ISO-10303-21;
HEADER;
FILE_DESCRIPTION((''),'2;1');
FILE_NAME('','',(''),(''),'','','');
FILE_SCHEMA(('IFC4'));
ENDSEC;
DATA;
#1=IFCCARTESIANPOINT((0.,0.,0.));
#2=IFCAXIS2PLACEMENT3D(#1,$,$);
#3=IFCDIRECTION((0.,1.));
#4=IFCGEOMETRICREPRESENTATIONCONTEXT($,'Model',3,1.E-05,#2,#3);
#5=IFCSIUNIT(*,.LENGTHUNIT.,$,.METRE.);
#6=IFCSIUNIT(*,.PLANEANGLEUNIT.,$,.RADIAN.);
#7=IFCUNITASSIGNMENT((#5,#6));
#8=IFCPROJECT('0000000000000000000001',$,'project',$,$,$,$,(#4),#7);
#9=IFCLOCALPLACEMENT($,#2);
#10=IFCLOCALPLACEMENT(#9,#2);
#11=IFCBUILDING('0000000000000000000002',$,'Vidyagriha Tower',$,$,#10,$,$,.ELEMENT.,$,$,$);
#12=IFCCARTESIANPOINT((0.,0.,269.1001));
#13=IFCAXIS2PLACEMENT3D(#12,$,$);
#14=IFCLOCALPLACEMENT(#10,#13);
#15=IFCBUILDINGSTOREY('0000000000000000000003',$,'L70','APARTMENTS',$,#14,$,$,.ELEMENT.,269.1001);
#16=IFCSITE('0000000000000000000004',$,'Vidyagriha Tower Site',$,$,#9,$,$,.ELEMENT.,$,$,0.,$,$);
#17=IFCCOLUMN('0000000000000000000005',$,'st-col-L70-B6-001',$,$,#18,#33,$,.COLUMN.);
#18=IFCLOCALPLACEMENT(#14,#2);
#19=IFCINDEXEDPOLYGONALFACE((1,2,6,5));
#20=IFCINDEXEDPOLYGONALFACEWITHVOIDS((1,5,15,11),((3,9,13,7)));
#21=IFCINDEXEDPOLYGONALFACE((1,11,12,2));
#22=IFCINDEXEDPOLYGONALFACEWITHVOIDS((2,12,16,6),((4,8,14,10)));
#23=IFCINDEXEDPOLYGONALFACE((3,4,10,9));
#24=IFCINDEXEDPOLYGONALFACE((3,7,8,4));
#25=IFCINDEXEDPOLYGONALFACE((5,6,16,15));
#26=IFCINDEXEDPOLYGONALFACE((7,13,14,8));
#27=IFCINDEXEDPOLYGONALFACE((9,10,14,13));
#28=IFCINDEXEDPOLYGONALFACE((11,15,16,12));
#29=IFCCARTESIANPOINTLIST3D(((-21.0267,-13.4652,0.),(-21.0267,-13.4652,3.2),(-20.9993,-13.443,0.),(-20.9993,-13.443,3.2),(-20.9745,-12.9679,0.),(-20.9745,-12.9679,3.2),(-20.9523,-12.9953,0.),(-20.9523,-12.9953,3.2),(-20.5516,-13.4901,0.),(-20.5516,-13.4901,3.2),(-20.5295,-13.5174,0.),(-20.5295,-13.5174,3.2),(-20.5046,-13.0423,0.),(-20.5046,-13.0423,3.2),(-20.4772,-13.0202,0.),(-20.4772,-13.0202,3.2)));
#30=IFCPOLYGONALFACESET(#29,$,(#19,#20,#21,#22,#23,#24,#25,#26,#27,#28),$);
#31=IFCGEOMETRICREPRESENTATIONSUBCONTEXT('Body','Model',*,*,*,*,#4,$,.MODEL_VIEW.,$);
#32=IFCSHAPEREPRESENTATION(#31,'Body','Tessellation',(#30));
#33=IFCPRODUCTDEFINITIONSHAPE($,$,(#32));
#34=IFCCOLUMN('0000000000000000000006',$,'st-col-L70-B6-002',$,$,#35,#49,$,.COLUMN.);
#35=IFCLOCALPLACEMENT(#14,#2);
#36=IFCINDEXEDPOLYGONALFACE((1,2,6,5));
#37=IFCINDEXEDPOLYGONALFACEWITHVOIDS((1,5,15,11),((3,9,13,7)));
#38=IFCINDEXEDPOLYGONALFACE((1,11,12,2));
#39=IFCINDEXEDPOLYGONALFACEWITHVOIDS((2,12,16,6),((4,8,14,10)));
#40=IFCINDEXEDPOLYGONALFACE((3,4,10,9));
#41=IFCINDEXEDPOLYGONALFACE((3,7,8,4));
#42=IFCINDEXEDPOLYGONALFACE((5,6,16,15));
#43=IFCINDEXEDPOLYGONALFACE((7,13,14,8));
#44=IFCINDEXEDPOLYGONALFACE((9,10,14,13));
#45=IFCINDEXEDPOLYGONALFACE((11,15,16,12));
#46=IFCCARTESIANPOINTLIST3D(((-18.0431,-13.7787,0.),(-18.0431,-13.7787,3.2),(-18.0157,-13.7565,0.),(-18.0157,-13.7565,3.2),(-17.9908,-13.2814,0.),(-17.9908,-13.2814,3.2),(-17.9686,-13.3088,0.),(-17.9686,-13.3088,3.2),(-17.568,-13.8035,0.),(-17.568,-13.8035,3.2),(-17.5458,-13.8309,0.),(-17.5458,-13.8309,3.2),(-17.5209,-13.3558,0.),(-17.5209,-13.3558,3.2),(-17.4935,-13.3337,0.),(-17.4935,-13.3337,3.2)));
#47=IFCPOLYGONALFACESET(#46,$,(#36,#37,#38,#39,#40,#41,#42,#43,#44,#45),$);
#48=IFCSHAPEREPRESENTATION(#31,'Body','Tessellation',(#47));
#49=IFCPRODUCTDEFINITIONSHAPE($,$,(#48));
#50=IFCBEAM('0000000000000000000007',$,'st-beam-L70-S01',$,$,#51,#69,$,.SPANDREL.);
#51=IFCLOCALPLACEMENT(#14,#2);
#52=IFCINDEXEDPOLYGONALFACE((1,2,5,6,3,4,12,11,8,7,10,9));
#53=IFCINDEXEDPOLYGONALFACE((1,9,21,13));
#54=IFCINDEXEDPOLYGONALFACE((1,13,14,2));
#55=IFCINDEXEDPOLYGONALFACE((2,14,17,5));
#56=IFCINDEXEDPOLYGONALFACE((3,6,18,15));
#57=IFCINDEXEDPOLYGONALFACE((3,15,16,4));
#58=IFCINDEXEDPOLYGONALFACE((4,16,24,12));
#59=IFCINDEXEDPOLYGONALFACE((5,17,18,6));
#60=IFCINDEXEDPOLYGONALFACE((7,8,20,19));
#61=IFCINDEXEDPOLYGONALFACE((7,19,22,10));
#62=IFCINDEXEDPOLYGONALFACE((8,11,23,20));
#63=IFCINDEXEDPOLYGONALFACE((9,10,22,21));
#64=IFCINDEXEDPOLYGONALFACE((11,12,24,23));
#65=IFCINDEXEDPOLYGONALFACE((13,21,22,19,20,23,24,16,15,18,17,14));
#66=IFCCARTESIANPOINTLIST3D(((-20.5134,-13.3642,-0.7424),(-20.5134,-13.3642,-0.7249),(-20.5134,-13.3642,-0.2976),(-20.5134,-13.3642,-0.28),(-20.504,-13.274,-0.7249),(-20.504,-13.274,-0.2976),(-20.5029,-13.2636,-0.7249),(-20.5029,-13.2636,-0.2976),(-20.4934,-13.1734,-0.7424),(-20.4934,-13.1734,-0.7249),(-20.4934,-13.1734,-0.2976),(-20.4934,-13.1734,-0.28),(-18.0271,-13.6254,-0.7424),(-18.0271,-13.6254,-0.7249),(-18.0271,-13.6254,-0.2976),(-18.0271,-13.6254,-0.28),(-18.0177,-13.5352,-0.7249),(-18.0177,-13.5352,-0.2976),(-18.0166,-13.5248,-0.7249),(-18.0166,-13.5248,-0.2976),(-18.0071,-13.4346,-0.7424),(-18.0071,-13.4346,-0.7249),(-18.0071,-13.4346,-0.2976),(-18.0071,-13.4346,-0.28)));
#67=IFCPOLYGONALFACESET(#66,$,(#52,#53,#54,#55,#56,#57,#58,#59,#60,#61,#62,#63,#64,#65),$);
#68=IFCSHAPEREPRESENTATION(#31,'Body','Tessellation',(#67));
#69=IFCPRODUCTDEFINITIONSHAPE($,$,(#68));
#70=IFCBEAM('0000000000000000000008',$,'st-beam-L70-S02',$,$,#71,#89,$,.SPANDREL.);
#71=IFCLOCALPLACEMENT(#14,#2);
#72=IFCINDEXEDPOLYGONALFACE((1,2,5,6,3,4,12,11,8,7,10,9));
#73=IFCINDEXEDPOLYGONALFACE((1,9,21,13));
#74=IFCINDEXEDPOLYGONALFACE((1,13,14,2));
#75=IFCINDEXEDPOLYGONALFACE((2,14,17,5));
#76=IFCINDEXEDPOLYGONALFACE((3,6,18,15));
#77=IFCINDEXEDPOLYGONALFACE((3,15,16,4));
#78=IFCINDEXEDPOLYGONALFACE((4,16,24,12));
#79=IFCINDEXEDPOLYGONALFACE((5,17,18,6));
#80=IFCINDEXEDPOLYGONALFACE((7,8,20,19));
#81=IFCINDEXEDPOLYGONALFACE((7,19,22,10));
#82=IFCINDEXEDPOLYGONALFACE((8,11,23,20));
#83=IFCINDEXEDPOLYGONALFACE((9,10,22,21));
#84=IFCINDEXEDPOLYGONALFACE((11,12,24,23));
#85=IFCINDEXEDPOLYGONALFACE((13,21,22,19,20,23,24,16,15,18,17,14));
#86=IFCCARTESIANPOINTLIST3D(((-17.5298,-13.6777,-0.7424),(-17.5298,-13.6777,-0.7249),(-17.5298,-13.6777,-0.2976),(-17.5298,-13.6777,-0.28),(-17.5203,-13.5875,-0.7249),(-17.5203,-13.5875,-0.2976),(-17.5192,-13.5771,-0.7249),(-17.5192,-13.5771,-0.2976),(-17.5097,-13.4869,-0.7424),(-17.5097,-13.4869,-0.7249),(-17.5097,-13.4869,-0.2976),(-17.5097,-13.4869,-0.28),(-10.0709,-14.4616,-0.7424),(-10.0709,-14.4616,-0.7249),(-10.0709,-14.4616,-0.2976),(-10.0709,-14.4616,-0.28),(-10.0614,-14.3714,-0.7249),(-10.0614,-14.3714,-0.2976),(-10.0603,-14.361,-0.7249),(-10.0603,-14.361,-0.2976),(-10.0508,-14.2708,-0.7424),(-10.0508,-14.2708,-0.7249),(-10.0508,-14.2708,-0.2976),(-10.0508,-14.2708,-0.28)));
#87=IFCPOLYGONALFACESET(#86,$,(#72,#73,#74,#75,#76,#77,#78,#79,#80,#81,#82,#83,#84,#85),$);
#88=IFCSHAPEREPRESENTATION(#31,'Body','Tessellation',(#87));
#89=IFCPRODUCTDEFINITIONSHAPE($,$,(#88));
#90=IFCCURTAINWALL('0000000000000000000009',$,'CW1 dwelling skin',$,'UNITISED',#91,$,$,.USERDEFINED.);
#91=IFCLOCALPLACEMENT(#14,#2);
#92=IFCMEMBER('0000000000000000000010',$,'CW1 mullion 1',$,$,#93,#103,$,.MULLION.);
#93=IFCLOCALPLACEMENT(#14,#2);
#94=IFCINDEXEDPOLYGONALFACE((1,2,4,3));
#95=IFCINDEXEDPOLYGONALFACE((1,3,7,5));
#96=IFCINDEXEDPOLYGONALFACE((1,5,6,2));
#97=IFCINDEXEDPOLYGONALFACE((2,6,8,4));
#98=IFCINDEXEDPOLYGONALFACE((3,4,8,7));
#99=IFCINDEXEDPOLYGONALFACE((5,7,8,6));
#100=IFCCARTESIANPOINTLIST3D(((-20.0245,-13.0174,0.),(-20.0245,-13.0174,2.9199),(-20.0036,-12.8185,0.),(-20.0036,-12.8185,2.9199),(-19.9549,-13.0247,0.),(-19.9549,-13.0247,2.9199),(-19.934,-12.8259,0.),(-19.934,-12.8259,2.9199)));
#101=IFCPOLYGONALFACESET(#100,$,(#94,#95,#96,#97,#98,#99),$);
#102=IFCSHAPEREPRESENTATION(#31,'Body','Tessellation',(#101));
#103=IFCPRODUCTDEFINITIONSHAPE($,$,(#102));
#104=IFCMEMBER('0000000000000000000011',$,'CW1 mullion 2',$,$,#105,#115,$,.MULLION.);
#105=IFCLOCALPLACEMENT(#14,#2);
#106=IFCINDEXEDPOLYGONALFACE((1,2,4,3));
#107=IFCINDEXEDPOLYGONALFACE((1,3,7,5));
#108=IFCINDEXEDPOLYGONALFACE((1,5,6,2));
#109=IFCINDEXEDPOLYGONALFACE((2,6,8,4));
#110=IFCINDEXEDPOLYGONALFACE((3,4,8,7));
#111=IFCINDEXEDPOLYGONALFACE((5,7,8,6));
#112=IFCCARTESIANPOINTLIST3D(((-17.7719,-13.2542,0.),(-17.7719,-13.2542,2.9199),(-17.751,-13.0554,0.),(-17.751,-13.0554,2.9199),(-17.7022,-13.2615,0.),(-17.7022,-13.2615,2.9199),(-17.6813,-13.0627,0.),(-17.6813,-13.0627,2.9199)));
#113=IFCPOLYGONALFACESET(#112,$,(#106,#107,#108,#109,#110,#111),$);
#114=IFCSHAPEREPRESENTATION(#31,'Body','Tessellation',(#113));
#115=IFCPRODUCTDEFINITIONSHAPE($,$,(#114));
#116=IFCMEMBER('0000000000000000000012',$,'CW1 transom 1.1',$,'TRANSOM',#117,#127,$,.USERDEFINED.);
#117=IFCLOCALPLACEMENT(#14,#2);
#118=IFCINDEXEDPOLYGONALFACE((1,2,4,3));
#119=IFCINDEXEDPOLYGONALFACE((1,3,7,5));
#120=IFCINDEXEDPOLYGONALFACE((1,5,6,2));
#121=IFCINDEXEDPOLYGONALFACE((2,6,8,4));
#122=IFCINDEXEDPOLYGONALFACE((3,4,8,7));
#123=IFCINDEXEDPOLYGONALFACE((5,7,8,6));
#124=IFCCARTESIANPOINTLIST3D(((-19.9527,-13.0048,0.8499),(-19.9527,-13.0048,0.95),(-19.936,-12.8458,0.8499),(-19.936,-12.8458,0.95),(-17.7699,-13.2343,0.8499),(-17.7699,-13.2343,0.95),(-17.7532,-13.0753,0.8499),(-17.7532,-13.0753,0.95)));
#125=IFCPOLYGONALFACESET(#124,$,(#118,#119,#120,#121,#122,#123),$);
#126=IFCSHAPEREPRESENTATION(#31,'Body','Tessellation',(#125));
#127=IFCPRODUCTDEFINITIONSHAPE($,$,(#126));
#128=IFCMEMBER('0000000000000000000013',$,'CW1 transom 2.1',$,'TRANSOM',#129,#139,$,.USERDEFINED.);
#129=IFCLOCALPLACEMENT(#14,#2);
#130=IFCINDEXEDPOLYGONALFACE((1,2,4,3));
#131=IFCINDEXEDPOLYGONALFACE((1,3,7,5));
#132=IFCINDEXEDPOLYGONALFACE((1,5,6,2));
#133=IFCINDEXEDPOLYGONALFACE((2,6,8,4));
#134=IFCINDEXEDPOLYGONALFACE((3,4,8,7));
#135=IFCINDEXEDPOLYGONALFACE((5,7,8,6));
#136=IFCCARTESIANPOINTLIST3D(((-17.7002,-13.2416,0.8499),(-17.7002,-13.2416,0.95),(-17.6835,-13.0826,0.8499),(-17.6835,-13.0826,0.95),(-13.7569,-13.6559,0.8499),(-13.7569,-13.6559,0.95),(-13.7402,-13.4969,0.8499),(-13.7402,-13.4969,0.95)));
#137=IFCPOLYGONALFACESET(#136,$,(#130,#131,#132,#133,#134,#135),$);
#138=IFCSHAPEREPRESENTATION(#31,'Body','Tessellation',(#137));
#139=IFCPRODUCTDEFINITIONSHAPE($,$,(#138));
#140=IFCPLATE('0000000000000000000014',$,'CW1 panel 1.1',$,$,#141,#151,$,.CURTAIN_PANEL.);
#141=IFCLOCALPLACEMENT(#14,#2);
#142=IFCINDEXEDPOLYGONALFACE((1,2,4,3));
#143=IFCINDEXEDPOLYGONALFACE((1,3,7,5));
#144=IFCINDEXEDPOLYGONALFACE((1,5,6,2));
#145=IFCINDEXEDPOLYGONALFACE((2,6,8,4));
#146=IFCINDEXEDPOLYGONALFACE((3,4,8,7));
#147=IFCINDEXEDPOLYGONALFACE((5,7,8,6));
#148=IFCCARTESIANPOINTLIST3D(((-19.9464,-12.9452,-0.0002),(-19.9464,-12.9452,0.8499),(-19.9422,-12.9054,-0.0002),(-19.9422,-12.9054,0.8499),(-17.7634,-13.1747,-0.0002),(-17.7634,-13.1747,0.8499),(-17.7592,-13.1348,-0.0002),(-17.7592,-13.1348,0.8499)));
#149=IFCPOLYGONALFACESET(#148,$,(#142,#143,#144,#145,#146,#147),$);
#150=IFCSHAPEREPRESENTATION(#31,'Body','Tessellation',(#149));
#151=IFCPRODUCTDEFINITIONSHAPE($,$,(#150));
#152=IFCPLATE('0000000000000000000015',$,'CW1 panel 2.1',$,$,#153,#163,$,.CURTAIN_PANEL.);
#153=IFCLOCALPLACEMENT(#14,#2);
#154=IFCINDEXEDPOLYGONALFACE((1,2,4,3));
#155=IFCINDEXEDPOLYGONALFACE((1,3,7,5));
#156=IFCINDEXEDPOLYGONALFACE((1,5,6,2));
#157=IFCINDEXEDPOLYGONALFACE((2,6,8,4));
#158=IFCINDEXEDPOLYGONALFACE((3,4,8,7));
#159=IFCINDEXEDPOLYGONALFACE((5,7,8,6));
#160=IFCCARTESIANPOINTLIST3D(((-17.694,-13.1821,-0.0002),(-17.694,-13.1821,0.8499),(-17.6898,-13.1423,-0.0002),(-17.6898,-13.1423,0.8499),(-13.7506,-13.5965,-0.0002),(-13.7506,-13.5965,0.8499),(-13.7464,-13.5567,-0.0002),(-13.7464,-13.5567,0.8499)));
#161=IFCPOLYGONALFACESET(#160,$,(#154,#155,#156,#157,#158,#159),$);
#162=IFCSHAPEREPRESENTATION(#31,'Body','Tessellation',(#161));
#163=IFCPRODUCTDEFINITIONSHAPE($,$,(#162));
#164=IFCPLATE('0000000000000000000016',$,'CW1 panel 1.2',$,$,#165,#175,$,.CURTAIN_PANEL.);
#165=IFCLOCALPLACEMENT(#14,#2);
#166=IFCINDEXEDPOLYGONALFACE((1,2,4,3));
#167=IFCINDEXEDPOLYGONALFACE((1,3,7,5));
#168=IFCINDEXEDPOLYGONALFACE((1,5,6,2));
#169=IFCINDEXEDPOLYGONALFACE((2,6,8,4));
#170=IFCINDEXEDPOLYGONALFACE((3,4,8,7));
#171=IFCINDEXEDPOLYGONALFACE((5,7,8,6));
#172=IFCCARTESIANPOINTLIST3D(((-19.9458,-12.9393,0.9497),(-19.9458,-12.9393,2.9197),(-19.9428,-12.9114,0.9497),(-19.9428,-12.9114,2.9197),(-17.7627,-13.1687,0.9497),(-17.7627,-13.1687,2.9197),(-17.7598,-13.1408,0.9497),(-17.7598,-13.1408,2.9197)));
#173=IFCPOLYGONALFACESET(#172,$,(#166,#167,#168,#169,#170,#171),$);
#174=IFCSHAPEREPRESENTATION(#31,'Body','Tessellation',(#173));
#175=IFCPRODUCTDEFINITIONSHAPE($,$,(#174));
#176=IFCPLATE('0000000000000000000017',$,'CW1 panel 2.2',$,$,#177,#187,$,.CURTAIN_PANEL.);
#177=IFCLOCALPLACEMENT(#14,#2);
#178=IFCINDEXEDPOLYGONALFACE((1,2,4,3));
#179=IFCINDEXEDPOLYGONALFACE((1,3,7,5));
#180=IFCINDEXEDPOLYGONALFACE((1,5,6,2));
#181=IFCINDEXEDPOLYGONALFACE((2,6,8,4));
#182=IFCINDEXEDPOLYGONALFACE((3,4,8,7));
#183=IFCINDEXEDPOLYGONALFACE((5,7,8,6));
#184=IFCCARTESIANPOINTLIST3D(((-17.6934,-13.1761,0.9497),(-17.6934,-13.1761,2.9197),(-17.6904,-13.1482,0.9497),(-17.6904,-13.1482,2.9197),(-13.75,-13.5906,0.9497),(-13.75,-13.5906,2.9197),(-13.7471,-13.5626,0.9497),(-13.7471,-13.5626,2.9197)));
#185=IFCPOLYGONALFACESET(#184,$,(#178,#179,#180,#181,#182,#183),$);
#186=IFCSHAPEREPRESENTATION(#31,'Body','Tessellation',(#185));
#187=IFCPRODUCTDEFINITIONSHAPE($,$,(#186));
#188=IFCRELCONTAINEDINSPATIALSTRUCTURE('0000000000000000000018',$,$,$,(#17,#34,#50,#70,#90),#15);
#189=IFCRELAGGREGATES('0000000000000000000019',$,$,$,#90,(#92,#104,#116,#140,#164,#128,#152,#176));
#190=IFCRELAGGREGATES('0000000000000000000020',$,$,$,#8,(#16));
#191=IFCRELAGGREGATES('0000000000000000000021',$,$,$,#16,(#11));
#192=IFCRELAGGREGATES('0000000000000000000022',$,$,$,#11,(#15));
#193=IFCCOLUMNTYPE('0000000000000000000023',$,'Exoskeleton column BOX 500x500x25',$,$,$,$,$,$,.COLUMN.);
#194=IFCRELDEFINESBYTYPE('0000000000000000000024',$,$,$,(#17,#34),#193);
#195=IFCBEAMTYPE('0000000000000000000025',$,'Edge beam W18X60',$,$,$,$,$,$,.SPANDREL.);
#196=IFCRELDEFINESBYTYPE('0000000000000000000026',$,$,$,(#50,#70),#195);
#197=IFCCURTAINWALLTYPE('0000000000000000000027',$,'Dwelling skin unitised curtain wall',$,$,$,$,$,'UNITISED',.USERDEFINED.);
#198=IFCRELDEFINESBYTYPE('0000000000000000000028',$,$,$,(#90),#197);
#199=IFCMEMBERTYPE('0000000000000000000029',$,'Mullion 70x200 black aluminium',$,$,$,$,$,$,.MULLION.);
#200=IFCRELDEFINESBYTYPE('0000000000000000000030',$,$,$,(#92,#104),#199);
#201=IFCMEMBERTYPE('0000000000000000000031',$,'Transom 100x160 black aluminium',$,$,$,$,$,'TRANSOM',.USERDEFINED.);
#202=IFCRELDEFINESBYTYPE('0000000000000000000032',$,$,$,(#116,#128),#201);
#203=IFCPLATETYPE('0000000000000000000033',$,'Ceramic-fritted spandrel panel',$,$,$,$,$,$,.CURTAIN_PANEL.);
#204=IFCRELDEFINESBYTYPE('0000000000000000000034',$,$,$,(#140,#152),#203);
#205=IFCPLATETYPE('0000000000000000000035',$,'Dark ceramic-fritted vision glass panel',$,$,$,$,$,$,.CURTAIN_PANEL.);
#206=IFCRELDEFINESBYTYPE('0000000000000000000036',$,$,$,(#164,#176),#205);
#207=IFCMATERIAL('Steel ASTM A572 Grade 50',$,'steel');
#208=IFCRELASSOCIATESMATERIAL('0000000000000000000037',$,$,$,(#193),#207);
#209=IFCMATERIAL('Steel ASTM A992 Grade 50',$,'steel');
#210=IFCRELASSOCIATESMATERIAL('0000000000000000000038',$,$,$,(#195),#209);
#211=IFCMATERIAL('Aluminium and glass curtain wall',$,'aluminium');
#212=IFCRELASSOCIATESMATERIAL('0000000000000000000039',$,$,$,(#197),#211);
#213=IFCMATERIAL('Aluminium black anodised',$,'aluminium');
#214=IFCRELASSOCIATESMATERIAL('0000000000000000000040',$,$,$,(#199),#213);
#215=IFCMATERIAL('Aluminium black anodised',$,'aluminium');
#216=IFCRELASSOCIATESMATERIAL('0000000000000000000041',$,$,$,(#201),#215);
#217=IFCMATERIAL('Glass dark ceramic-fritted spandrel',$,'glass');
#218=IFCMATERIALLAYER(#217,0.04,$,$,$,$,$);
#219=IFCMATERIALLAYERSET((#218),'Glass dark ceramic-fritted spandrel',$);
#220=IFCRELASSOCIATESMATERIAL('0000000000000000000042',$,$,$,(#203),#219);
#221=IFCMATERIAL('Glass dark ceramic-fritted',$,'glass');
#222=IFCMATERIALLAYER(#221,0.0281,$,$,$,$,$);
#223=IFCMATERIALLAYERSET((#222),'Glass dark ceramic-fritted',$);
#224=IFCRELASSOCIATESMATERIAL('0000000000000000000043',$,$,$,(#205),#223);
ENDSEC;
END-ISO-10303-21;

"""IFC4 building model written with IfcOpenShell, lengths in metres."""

from ifc_helpers import new_model, si_unit, direction, frame, origin, origin_2d, place, context, subcontext, project, spatial, rectangle, hollow_rectangle, i_section, extrude, material, layer, layer_set, material_profile, profile_set, type_object, element, aggregate, save


model = new_model("IFC4")

# Units and contexts
model_context = context("Model", 3, precision=1e-05, world=origin(), true_north=direction((0.0, 1.0)))
body_context = subcontext(model_context, "Body", "Model", "MODEL_VIEW")
ifc_project = project(units=[si_unit("LENGTHUNIT", "METRE"), si_unit("PLANEANGLEUNIT", "RADIAN")], contexts=[model_context])

# Site, building, storey
site_placement = place(None, origin())
site = spatial("IfcSite", under=ifc_project, at=site_placement, Name="Vidyagriha Tower Site", CompositionType="ELEMENT", RefElevation=0.0)
building_placement = place(site_placement, origin())
building = spatial("IfcBuilding", under=site, at=building_placement, Name="Vidyagriha Tower", CompositionType="ELEMENT")
storey_placement = place(building_placement, frame((0.0, 0.0, 269.1001)))
storey = spatial("IfcBuildingStorey", under=building, at=storey_placement, Name="L70", Description="APARTMENTS", CompositionType="ELEMENT", Elevation=269.1001)

# Columns
ifc_material_1 = material(Name="Steel ASTM A572 Grade 50", Category="steel")
ifc_material_profile_1 = material_profile(ifc_material_1, hollow_rectangle(XDim=0.5, YDim=0.5, WallThickness=0.0249, at=origin_2d()), Name="BOX 500x500x25")
ifc_profile_set_1 = profile_set([ifc_material_profile_1], Name="Steel ASTM A572 Grade 50")
column_type = type_object("IfcColumnType", Name="Exoskeleton column BOX 500x500x25", PredefinedType="COLUMN", material=ifc_profile_set_1)
for number, where, z_axis, x_axis, name in (
    (1, (-20.752, -13.2427, 0.0), (0.0, 0.0, 1.0), (0.994522, -0.104528, 0.0), "st-col-L70-B6-001"),
    (2, (-17.7683, -13.5562, 0.0), (0.0, 0.0, 1.0), (0.994522, -0.104528, 0.0), "st-col-L70-B6-002"),
):
    element("IfcColumn", number, at=place(storey_placement, frame(where, z_axis=z_axis, x_axis=x_axis)), inside=storey, type_object=column_type, Name=name, PredefinedType="COLUMN", context=body_context, shape_type="SweptSolid", body=[
        extrude(hollow_rectangle(XDim=0.5, YDim=0.5, WallThickness=0.0249, at=origin_2d()), origin(), (0.0, 0.0, 1.0), 3.2),
    ])

# Beams
ifc_material_2 = material(Name="Steel ASTM A992 Grade 50", Category="steel")
ifc_material_profile_2 = material_profile(ifc_material_2, i_section(OverallWidth=0.1919, OverallDepth=0.4624, WebThickness=0.0105, FlangeThickness=0.0176, at=origin_2d()), Name="W18X60")
ifc_profile_set_2 = profile_set([ifc_material_profile_2], Name="Steel ASTM A992 Grade 50")
beam_type = type_object("IfcBeamType", Name="Edge beam W18X60", PredefinedType="SPANDREL", material=ifc_profile_set_2)
beam_1_placement = place(storey_placement, frame((-20.5034, -13.2688, -0.5112), z_axis=(0.994526, -0.104492, 0.0), x_axis=(0.104492, 0.994526, 0.0)))
element("IfcBeam", 3, at=beam_1_placement, inside=storey, type_object=beam_type, Name="st-beam-L70-S01", PredefinedType="SPANDREL", context=body_context, shape_type="SweptSolid", body=[
    extrude(i_section(OverallWidth=0.1919, OverallDepth=0.4624, WebThickness=0.0105, FlangeThickness=0.0176, at=origin_2d()), origin(), (0.0, 0.0, 1.0), 2.5),
])
beam_2_placement = place(storey_placement, frame((-17.5198, -13.5823, -0.5112), z_axis=(0.994522, -0.104524, 0.0), x_axis=(0.104524, 0.994522, 0.0)))
element("IfcBeam", 4, at=beam_2_placement, inside=storey, type_object=beam_type, Name="st-beam-L70-S02", PredefinedType="SPANDREL", context=body_context, shape_type="SweptSolid", body=[
    extrude(i_section(OverallWidth=0.1919, OverallDepth=0.4624, WebThickness=0.0105, FlangeThickness=0.0176, at=origin_2d()), origin(), (0.0, 0.0, 1.0), 7.5),
])

# Curtain wall, members, plates
ifc_material_3 = material(Name="Aluminium and glass curtain wall", Category="aluminium")
curtain_wall_type = type_object("IfcCurtainWallType", Name="Dwelling skin unitised curtain wall", ElementType="UNITISED", PredefinedType="USERDEFINED", material=ifc_material_3)
curtain_wall_placement = place(storey_placement, origin())
curtain_wall = element("IfcCurtainWall", 5, at=curtain_wall_placement, inside=storey, type_object=curtain_wall_type, Name="CW1 dwelling skin", ObjectType="UNITISED", PredefinedType="USERDEFINED")
ifc_material_4 = material(Name="Aluminium black anodised", Category="aluminium")
ifc_material_profile_3 = material_profile(ifc_material_4, rectangle(XDim=0.2, YDim=0.0701, at=origin_2d()), Name="Mullion 70x200 black aluminium")
ifc_profile_set_3 = profile_set([ifc_material_profile_3], Name="Aluminium black anodised")
member_type_1 = type_object("IfcMemberType", Name="Mullion 70x200 black aluminium", PredefinedType="MULLION", material=ifc_profile_set_3)
member_1_placement = place(storey_placement, frame((-19.9792, -12.9216, 0.0), z_axis=(0.0, 0.0, 1.0), x_axis=(0.104524, 0.994522, 0.0)))
member_1 = element("IfcMember", 6, at=member_1_placement, type_object=member_type_1, Name="CW1 mullion 1", PredefinedType="MULLION", context=body_context, shape_type="SweptSolid", body=[
    extrude(rectangle(XDim=0.2, YDim=0.0701, at=origin_2d()), origin(), (0.0, 0.0, 1.0), 2.9199),
])
member_2_placement = place(storey_placement, frame((-17.7266, -13.1584, 0.0), z_axis=(0.0, 0.0, 1.0), x_axis=(0.104524, 0.994522, 0.0)))
member_2 = element("IfcMember", 7, at=member_2_placement, type_object=member_type_1, Name="CW1 mullion 2", PredefinedType="MULLION", context=body_context, shape_type="SweptSolid", body=[
    extrude(rectangle(XDim=0.2, YDim=0.0701, at=origin_2d()), origin(), (0.0, 0.0, 1.0), 2.9199),
])
ifc_material_5 = material(Name="Aluminium black anodised", Category="aluminium")
ifc_material_profile_4 = material_profile(ifc_material_5, rectangle(XDim=0.1599, YDim=0.1001, at=origin_2d()), Name="Transom 100x160 black aluminium")
ifc_profile_set_4 = profile_set([ifc_material_profile_4], Name="Aluminium black anodised")
member_type_2 = type_object("IfcMemberType", Name="Transom 100x160 black aluminium", ElementType="TRANSOM", PredefinedType="USERDEFINED", material=ifc_profile_set_4)
member_3_placement = place(storey_placement, frame((-19.9443, -12.9253, 0.8999), z_axis=(0.994519, -0.104557, 0.0), x_axis=(0.104557, 0.994519, 0.0)))
member_3 = element("IfcMember", 8, at=member_3_placement, type_object=member_type_2, Name="CW1 transom 1.1", ObjectType="TRANSOM", PredefinedType="USERDEFINED", context=body_context, shape_type="SweptSolid", body=[
    extrude(rectangle(XDim=0.1599, YDim=0.1001, at=origin_2d()), origin(), (0.0, 0.0, 1.0), 2.1948),
])
member_4_placement = place(storey_placement, frame((-17.6919, -13.1621, 0.8999), z_axis=(0.994526, -0.104489, 0.0), x_axis=(0.104489, 0.994526, 0.0)))
member_4 = element("IfcMember", 9, at=member_4_placement, type_object=member_type_2, Name="CW1 transom 2.1", ObjectType="TRANSOM", PredefinedType="USERDEFINED", context=body_context, shape_type="SweptSolid", body=[
    extrude(rectangle(XDim=0.1599, YDim=0.1001, at=origin_2d()), origin(), (0.0, 0.0, 1.0), 3.9651),
])
ifc_material_6 = material(Name="Glass dark ceramic-fritted spandrel", Category="glass")
ifc_layer_1 = layer(ifc_material_6, 0.04)
ifc_layer_set_1 = layer_set([ifc_layer_1], Name="Glass dark ceramic-fritted spandrel")
plate_type_1 = type_object("IfcPlateType", Name="Ceramic-fritted spandrel panel", PredefinedType="CURTAIN_PANEL", material=ifc_layer_set_1)
plate_1_placement = place(storey_placement, frame((-18.8528, -13.04, -0.0002), z_axis=(0.0, 0.0, 1.0), x_axis=(0.994522, -0.104524, 0.0)))
plate_1 = element("IfcPlate", 10, at=plate_1_placement, type_object=plate_type_1, Name="CW1 panel 1.1", PredefinedType="CURTAIN_PANEL", context=body_context, shape_type="SweptSolid", body=[
    extrude(rectangle(XDim=2.1951, YDim=0.04, at=origin_2d()), origin(), (0.0, 0.0, 1.0), 0.8501),
])
plate_2_placement = place(storey_placement, frame((-15.7202, -13.3694, -0.0002), z_axis=(0.0, 0.0, 1.0), x_axis=(0.994522, -0.104524, 0.0)))
plate_2 = element("IfcPlate", 11, at=plate_2_placement, type_object=plate_type_1, Name="CW1 panel 2.1", PredefinedType="CURTAIN_PANEL", context=body_context, shape_type="SweptSolid", body=[
    extrude(rectangle(XDim=3.9651, YDim=0.04, at=origin_2d()), origin(), (0.0, 0.0, 1.0), 0.8501),
])
ifc_material_7 = material(Name="Glass dark ceramic-fritted", Category="glass")
ifc_layer_2 = layer(ifc_material_7, 0.0281)
ifc_layer_set_2 = layer_set([ifc_layer_2], Name="Glass dark ceramic-fritted")
plate_type_2 = type_object("IfcPlateType", Name="Dark ceramic-fritted vision glass panel", PredefinedType="CURTAIN_PANEL", material=ifc_layer_set_2)
plate_3_placement = place(storey_placement, frame((-18.8528, -13.04, 0.9497), z_axis=(0.0, 0.0, 1.0), x_axis=(0.994522, -0.104524, 0.0)))
plate_3 = element("IfcPlate", 12, at=plate_3_placement, type_object=plate_type_2, Name="CW1 panel 1.2", PredefinedType="CURTAIN_PANEL", context=body_context, shape_type="SweptSolid", body=[
    extrude(rectangle(XDim=2.1951, YDim=0.0281, at=origin_2d()), origin(), (0.0, 0.0, 1.0), 1.97),
])
plate_4_placement = place(storey_placement, frame((-15.7202, -13.3694, 0.9497), z_axis=(0.0, 0.0, 1.0), x_axis=(0.994522, -0.104524, 0.0)))
plate_4 = element("IfcPlate", 13, at=plate_4_placement, type_object=plate_type_2, Name="CW1 panel 2.2", PredefinedType="CURTAIN_PANEL", context=body_context, shape_type="SweptSolid", body=[
    extrude(rectangle(XDim=3.9651, YDim=0.0281, at=origin_2d()), origin(), (0.0, 0.0, 1.0), 1.97),
])
aggregate(curtain_wall, [member_1, member_2, member_3, plate_1, plate_3, member_4, plate_2, plate_4])

save(model, "model.ifc")
